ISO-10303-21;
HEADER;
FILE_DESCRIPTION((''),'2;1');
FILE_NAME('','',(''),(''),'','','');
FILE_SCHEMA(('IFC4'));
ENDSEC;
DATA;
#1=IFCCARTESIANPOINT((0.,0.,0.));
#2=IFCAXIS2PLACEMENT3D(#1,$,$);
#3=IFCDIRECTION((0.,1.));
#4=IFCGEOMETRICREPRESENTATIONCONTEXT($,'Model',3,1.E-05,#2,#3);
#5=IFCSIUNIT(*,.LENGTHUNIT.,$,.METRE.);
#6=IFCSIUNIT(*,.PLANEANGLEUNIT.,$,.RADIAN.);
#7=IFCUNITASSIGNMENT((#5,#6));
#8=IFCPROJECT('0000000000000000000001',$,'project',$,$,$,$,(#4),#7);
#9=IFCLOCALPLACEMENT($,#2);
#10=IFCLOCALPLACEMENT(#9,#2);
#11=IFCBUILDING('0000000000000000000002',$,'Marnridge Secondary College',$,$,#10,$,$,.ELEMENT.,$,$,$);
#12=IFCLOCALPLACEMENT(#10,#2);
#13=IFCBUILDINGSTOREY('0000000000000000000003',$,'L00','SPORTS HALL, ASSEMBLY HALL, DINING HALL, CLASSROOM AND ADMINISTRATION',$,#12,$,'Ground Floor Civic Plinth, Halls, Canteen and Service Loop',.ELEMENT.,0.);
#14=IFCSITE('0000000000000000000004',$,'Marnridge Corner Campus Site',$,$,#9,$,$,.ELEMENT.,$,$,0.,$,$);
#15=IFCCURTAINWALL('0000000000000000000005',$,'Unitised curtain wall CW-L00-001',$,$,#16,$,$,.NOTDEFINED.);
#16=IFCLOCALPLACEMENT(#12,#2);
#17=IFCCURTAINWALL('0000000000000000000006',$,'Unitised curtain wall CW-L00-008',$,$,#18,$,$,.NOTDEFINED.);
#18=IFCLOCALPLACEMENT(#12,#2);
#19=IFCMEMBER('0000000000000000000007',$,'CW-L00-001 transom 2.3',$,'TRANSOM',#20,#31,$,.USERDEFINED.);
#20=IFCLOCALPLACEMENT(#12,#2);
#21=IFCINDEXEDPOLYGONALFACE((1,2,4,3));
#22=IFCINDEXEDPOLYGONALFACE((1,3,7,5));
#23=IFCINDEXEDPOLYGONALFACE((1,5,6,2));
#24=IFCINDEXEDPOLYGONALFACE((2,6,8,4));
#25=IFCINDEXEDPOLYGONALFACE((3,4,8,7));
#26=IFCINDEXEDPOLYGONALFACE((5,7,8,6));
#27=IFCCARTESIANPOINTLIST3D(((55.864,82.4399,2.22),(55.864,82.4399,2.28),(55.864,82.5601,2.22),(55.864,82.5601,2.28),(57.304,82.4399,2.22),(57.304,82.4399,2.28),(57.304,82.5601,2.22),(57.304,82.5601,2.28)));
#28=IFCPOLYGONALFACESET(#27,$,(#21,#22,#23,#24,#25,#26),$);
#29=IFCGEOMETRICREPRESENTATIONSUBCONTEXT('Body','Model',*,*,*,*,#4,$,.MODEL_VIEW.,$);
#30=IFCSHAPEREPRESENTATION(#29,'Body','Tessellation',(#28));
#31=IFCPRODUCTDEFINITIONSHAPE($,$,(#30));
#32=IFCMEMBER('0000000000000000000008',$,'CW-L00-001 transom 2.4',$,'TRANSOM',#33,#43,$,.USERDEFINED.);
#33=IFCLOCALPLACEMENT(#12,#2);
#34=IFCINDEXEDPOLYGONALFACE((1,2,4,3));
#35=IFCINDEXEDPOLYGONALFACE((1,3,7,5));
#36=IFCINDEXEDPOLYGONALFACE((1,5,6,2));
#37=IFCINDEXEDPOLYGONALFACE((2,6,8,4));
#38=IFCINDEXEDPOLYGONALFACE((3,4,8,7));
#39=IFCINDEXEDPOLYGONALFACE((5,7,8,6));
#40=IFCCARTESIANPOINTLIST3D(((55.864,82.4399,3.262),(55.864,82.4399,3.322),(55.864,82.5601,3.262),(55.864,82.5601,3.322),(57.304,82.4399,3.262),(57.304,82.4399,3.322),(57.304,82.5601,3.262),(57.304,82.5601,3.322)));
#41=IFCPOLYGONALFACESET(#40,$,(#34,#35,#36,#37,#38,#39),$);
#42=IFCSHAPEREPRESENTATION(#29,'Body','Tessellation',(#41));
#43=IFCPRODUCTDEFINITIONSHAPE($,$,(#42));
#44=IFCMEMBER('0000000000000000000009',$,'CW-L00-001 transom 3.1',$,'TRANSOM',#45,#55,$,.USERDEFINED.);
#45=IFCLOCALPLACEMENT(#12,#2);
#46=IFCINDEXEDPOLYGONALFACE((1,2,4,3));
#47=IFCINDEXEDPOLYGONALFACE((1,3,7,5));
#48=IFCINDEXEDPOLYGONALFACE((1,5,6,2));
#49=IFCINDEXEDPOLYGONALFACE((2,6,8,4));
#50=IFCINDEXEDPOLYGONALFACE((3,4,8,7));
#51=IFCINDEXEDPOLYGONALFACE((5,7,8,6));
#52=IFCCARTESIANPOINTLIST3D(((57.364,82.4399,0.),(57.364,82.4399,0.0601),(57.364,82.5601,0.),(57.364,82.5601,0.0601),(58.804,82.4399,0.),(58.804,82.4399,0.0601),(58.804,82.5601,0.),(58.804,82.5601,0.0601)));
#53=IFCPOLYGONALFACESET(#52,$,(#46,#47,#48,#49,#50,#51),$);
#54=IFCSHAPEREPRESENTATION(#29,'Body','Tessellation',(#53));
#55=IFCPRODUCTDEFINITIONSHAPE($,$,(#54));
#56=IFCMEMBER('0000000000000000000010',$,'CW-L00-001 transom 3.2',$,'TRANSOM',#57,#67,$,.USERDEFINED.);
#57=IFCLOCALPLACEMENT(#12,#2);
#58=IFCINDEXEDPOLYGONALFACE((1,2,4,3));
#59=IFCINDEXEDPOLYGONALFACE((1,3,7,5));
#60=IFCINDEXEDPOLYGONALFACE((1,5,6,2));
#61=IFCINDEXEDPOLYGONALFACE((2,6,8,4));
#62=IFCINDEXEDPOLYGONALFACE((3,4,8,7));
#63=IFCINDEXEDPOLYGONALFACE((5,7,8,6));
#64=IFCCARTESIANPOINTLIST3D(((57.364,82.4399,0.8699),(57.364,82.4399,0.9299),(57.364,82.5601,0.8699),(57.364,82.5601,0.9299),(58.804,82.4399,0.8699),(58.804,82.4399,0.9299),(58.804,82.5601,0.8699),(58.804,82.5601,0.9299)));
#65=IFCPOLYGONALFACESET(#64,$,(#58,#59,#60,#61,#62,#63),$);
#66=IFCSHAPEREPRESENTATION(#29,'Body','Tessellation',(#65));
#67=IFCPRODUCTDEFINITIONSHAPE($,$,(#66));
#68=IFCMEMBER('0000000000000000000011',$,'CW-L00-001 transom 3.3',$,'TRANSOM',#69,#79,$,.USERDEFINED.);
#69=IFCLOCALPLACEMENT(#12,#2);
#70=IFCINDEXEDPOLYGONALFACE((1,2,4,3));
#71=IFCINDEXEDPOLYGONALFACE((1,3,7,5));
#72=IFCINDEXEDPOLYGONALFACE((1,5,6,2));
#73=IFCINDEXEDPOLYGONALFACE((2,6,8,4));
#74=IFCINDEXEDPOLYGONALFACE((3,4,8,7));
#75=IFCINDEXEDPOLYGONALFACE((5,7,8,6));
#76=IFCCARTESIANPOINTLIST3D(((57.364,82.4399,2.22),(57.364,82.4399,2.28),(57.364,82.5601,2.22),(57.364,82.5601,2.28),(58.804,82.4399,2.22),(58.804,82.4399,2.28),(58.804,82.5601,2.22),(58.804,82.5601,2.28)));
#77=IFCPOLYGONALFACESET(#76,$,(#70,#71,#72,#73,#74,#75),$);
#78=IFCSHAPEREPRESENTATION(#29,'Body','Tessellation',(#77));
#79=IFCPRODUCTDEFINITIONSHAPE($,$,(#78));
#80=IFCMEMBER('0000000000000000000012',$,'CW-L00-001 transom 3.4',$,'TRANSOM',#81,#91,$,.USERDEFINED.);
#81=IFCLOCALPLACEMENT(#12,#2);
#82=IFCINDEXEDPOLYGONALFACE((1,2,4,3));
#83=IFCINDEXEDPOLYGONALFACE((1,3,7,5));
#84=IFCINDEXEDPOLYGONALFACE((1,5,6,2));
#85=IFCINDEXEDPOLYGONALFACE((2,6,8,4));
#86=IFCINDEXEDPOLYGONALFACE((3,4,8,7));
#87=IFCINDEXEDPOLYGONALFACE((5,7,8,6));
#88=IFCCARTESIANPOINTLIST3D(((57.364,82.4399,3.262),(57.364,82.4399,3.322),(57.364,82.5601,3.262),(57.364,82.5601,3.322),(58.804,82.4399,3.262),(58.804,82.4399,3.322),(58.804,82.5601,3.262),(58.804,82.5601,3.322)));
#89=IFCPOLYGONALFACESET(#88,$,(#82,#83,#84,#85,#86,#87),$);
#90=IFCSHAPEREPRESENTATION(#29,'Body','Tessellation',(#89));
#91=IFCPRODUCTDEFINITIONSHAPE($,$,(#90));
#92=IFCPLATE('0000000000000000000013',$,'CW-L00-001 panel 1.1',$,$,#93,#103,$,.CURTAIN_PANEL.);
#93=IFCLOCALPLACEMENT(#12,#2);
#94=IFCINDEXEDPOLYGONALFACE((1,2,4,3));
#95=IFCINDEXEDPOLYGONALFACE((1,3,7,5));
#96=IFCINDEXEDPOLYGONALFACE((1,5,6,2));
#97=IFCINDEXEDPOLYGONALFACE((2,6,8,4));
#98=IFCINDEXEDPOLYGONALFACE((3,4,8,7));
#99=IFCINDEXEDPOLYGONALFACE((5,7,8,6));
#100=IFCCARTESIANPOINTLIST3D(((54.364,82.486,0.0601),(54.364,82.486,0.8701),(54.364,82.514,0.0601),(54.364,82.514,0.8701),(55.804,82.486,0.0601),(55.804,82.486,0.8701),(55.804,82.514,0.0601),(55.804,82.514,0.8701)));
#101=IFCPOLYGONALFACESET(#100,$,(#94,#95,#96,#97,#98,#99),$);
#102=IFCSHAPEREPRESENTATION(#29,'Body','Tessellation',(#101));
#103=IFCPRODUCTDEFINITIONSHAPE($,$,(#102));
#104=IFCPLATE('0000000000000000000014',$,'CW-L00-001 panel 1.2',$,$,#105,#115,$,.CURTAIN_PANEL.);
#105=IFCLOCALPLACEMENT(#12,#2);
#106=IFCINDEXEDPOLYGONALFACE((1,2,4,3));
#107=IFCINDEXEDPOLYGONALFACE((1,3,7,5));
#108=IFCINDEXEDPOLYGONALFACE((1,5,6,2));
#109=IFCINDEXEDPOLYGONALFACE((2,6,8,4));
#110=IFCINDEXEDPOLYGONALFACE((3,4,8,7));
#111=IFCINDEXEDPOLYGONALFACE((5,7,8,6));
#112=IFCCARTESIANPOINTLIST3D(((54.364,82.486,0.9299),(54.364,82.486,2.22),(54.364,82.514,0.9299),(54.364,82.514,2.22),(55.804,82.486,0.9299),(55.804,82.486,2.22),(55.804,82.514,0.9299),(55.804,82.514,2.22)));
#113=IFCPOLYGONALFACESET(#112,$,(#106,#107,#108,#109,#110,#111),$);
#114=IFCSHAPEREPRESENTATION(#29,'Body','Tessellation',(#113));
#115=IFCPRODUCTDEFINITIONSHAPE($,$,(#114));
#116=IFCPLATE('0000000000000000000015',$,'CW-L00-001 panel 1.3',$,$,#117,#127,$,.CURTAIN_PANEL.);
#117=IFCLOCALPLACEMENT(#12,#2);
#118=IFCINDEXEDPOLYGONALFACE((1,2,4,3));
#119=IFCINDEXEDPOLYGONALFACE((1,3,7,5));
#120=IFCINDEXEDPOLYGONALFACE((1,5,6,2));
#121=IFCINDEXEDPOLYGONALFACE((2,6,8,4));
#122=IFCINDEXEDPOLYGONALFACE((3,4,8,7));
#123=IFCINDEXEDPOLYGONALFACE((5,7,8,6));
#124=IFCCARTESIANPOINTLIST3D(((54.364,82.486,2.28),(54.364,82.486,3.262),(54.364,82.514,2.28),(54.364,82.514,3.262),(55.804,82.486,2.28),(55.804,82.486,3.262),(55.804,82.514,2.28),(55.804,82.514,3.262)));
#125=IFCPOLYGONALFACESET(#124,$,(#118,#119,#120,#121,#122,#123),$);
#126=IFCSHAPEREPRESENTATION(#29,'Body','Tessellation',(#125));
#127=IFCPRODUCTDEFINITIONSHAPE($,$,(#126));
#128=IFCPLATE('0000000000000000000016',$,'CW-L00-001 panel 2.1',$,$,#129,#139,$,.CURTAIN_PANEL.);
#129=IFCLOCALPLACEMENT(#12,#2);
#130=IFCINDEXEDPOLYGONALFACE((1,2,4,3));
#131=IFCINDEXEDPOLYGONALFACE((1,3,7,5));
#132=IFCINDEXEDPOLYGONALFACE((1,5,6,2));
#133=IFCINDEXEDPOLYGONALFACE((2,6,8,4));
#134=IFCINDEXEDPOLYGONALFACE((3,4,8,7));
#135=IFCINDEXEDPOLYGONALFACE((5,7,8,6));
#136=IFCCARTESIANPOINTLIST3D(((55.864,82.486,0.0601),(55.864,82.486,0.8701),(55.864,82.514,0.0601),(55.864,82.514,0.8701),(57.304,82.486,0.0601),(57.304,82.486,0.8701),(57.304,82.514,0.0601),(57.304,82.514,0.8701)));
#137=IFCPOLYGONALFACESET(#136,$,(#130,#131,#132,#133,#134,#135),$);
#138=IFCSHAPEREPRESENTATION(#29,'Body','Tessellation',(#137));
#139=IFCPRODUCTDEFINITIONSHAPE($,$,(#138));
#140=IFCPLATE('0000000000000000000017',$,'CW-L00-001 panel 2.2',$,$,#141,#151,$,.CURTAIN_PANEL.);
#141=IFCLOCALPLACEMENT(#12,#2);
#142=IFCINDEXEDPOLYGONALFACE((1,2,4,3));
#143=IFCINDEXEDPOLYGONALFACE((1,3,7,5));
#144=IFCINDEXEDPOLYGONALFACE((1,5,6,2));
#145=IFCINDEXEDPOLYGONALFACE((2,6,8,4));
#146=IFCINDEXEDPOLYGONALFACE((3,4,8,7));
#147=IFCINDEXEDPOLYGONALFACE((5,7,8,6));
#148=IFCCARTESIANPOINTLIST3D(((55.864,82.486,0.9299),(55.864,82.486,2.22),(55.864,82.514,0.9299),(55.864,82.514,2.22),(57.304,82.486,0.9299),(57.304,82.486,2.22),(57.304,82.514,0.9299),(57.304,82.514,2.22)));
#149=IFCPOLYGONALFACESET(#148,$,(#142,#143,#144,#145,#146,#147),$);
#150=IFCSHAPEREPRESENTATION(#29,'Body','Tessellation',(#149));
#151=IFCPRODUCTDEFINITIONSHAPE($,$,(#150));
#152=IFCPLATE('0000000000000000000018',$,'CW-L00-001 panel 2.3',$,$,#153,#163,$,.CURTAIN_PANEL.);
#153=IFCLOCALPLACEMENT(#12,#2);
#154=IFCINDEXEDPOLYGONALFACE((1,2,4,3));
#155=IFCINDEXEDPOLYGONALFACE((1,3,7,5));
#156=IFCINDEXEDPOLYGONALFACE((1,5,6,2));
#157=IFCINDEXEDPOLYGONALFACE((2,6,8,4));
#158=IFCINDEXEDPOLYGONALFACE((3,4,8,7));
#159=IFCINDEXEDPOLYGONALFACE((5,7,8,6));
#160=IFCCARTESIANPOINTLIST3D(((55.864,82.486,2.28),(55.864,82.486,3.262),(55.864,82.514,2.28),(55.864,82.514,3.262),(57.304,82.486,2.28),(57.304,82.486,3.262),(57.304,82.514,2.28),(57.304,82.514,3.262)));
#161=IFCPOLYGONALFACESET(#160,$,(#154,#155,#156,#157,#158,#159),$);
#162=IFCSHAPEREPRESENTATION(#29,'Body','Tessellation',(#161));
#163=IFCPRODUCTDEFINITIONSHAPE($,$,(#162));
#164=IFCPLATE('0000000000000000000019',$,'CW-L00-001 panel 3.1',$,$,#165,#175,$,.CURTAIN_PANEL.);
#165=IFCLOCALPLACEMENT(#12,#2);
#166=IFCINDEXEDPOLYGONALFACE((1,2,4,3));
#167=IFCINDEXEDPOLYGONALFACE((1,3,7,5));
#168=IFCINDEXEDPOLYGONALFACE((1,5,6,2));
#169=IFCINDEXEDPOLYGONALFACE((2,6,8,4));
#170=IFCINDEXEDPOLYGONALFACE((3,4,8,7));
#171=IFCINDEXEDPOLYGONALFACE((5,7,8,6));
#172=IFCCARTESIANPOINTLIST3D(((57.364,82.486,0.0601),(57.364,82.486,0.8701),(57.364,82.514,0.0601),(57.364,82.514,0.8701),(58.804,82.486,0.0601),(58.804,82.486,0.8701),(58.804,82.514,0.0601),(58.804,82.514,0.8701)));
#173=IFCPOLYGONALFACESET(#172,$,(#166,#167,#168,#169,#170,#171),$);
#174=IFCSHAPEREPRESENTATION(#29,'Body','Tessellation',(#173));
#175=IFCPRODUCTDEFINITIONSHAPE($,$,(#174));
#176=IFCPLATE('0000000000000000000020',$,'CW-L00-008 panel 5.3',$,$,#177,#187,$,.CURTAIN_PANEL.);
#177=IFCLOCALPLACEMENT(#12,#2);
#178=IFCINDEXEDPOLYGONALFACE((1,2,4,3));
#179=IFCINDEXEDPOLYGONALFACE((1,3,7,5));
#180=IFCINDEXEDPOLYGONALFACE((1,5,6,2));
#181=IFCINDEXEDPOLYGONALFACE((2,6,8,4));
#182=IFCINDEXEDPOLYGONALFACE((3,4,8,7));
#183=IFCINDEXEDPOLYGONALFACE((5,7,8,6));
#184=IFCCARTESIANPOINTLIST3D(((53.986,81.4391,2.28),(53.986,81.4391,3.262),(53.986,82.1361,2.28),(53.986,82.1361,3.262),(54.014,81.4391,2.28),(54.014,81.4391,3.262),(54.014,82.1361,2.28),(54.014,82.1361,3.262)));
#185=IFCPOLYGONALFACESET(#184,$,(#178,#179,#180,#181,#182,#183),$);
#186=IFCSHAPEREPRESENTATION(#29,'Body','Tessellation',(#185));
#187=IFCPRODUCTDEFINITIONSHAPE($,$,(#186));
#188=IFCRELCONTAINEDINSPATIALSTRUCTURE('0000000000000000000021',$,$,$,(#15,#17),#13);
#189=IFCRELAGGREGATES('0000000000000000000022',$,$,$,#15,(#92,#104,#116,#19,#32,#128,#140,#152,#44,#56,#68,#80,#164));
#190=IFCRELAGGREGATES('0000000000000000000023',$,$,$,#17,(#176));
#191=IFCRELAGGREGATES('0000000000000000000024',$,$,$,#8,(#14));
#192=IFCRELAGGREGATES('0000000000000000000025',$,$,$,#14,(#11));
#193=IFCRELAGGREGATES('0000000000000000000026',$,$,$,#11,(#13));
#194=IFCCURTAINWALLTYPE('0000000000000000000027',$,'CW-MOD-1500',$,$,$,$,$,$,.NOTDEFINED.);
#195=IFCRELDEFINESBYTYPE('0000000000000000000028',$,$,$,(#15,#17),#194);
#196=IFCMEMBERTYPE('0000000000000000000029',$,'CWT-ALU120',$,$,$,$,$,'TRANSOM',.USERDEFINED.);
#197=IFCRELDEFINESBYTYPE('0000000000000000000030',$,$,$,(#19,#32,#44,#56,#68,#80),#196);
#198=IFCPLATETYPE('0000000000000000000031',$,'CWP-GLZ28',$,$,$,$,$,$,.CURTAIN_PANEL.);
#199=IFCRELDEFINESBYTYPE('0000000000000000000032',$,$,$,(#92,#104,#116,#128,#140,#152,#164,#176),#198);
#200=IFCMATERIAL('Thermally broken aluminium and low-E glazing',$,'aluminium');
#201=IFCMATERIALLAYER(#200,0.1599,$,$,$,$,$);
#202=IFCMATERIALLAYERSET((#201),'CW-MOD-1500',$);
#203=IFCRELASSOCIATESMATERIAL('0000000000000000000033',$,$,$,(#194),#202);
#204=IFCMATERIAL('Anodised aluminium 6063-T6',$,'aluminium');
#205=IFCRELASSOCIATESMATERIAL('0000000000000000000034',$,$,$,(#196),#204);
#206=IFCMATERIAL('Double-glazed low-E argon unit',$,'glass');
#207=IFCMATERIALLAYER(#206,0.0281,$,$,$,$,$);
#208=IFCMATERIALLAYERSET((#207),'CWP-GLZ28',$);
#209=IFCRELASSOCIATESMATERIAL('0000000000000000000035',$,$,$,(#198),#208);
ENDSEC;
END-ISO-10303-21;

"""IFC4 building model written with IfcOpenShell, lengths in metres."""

from ifc_helpers import new_model, si_unit, direction, frame, origin, origin_2d, place, context, subcontext, project, spatial, rectangle, extrude, material, layer, layer_set, material_profile, profile_set, type_object, element, aggregate, save


model = new_model("IFC4")

# Units and contexts
model_context = context("Model", 3, precision=1e-05, world=origin(), true_north=direction((0.0, 1.0)))
body_context = subcontext(model_context, "Body", "Model", "MODEL_VIEW")
ifc_project = project(units=[si_unit("LENGTHUNIT", "METRE"), si_unit("PLANEANGLEUNIT", "RADIAN")], contexts=[model_context])

# Site, building, storey
site_placement = place(None, origin())
site = spatial("IfcSite", under=ifc_project, at=site_placement, Name="Marnridge Corner Campus Site", CompositionType="ELEMENT", RefElevation=0.0)
building_placement = place(site_placement, origin())
building = spatial("IfcBuilding", under=site, at=building_placement, Name="Marnridge Secondary College", CompositionType="ELEMENT")
storey_placement = place(building_placement, origin())
storey = spatial("IfcBuildingStorey", under=building, at=storey_placement, Name="L00", Description="SPORTS HALL, ASSEMBLY HALL, DINING HALL, CLASSROOM AND ADMINISTRATION", LongName="Ground Floor Civic Plinth, Halls, Canteen and Service Loop", CompositionType="ELEMENT", Elevation=0.0)

# Curtain wall
ifc_material_1 = material(Name="Thermally broken aluminium and low-E glazing", Category="aluminium")
ifc_layer_1 = layer(ifc_material_1, 0.1599)
ifc_layer_set_1 = layer_set([ifc_layer_1], Name="CW-MOD-1500")
curtain_wall_type = type_object("IfcCurtainWallType", Name="CW-MOD-1500", PredefinedType="NOTDEFINED", material=ifc_layer_set_1)
curtain_wall_1_placement = place(storey_placement, origin())
curtain_wall_1 = element("IfcCurtainWall", 1, at=curtain_wall_1_placement, inside=storey, type_object=curtain_wall_type, Name="Unitised curtain wall CW-L00-001", PredefinedType="NOTDEFINED")

# Curtain wall
curtain_wall_2_placement = place(storey_placement, origin())
curtain_wall_2 = element("IfcCurtainWall", 2, at=curtain_wall_2_placement, inside=storey, type_object=curtain_wall_type, Name="Unitised curtain wall CW-L00-008", PredefinedType="NOTDEFINED")

# Members
ifc_material_2 = material(Name="Anodised aluminium 6063-T6", Category="aluminium")
ifc_material_profile_1 = material_profile(ifc_material_2, rectangle(XDim=0.0601, YDim=0.1201, at=origin_2d()), Name="ALU 60x120")
ifc_profile_set_1 = profile_set([ifc_material_profile_1], Name="Anodised aluminium 6063-T6")
member_type_1 = type_object("IfcMemberType", Name="CWT-ALU120", ElementType="TRANSOM", PredefinedType="USERDEFINED", material=ifc_profile_set_1)
member_1_placement = place(storey_placement, frame((55.864, 82.5, 2.25), z_axis=(1.0, 0.0, 0.0), x_axis=(0.0, 0.0, 1.0)))
member_1 = element("IfcMember", 3, at=member_1_placement, type_object=member_type_1, Name="CW-L00-001 transom 2.3", ObjectType="TRANSOM", PredefinedType="USERDEFINED", context=body_context, shape_type="SweptSolid", body=[
    extrude(rectangle(XDim=0.0601, YDim=0.1201, at=origin_2d()), origin(), (0.0, 0.0, 1.0), 1.4399),
])
member_2_placement = place(storey_placement, frame((55.864, 82.5, 3.292), z_axis=(1.0, 0.0, 0.0), x_axis=(0.0, 0.0, 1.0)))
member_2 = element("IfcMember", 4, at=member_2_placement, type_object=member_type_1, Name="CW-L00-001 transom 2.4", ObjectType="TRANSOM", PredefinedType="USERDEFINED", context=body_context, shape_type="SweptSolid", body=[
    extrude(rectangle(XDim=0.0601, YDim=0.1201, at=origin_2d()), origin(), (0.0, 0.0, 1.0), 1.4399),
])
member_3_placement = place(storey_placement, frame((57.364, 82.5, 0.03), z_axis=(1.0, 0.0, 0.0), x_axis=(0.0, 0.0, 1.0)))
member_3 = element("IfcMember", 5, at=member_3_placement, type_object=member_type_1, Name="CW-L00-001 transom 3.1", ObjectType="TRANSOM", PredefinedType="USERDEFINED", context=body_context, shape_type="SweptSolid", body=[
    extrude(rectangle(XDim=0.0601, YDim=0.1201, at=origin_2d()), origin(), (0.0, 0.0, 1.0), 1.4399),
])
member_4_placement = place(storey_placement, frame((57.364, 82.5, 0.8999), z_axis=(1.0, 0.0, 0.0), x_axis=(0.0, 0.0, 1.0)))
member_4 = element("IfcMember", 6, at=member_4_placement, type_object=member_type_1, Name="CW-L00-001 transom 3.2", ObjectType="TRANSOM", PredefinedType="USERDEFINED", context=body_context, shape_type="SweptSolid", body=[
    extrude(rectangle(XDim=0.0601, YDim=0.1201, at=origin_2d()), origin(), (0.0, 0.0, 1.0), 1.4399),
])
member_5_placement = place(storey_placement, frame((57.364, 82.5, 2.25), z_axis=(1.0, 0.0, 0.0), x_axis=(0.0, 0.0, 1.0)))
member_5 = element("IfcMember", 7, at=member_5_placement, type_object=member_type_1, Name="CW-L00-001 transom 3.3", ObjectType="TRANSOM", PredefinedType="USERDEFINED", context=body_context, shape_type="SweptSolid", body=[
    extrude(rectangle(XDim=0.0601, YDim=0.1201, at=origin_2d()), origin(), (0.0, 0.0, 1.0), 1.4399),
])
member_6_placement = place(storey_placement, frame((57.364, 82.5, 3.292), z_axis=(1.0, 0.0, 0.0), x_axis=(0.0, 0.0, 1.0)))
member_6 = element("IfcMember", 8, at=member_6_placement, type_object=member_type_1, Name="CW-L00-001 transom 3.4", ObjectType="TRANSOM", PredefinedType="USERDEFINED", context=body_context, shape_type="SweptSolid", body=[
    extrude(rectangle(XDim=0.0601, YDim=0.1201, at=origin_2d()), origin(), (0.0, 0.0, 1.0), 1.4399),
])

# Plates
ifc_material_3 = material(Name="Double-glazed low-E argon unit", Category="glass")
ifc_layer_2 = layer(ifc_material_3, 0.0281)
ifc_layer_set_2 = layer_set([ifc_layer_2], Name="CWP-GLZ28")
plate_type = type_object("IfcPlateType", Name="CWP-GLZ28", PredefinedType="CURTAIN_PANEL", material=ifc_layer_set_2)
plate_1_placement = place(storey_placement, frame((55.084, 82.5, 0.0601), z_axis=(0.0, 0.0, 1.0), x_axis=(1.0, 0.0, 0.0)))
plate_1 = element("IfcPlate", 9, at=plate_1_placement, type_object=plate_type, Name="CW-L00-001 panel 1.1", PredefinedType="CURTAIN_PANEL", context=body_context, shape_type="SweptSolid", body=[
    extrude(rectangle(XDim=1.4399, YDim=0.0281, at=origin_2d()), origin(), (0.0, 0.0, 1.0), 0.8101),
])
plate_2_placement = place(storey_placement, frame((55.084, 82.5, 0.9299), z_axis=(0.0, 0.0, 1.0), x_axis=(1.0, 0.0, 0.0)))
plate_2 = element("IfcPlate", 10, at=plate_2_placement, type_object=plate_type, Name="CW-L00-001 panel 1.2", PredefinedType="CURTAIN_PANEL", context=body_context, shape_type="SweptSolid", body=[
    extrude(rectangle(XDim=1.4399, YDim=0.0281, at=origin_2d()), origin(), (0.0, 0.0, 1.0), 1.29),
])
plate_3_placement = place(storey_placement, frame((55.084, 82.5, 2.28), z_axis=(0.0, 0.0, 1.0), x_axis=(1.0, 0.0, 0.0)))
plate_3 = element("IfcPlate", 11, at=plate_3_placement, type_object=plate_type, Name="CW-L00-001 panel 1.3", PredefinedType="CURTAIN_PANEL", context=body_context, shape_type="SweptSolid", body=[
    extrude(rectangle(XDim=1.4399, YDim=0.0281, at=origin_2d()), origin(), (0.0, 0.0, 1.0), 0.9819),
])
plate_4_placement = place(storey_placement, frame((56.584, 82.5, 0.0601), z_axis=(0.0, 0.0, 1.0), x_axis=(1.0, 0.0, 0.0)))
plate_4 = element("IfcPlate", 12, at=plate_4_placement, type_object=plate_type, Name="CW-L00-001 panel 2.1", PredefinedType="CURTAIN_PANEL", context=body_context, shape_type="SweptSolid", body=[
    extrude(rectangle(XDim=1.4399, YDim=0.0281, at=origin_2d()), origin(), (0.0, 0.0, 1.0), 0.8101),
])
plate_5_placement = place(storey_placement, frame((56.584, 82.5, 0.9299), z_axis=(0.0, 0.0, 1.0), x_axis=(1.0, 0.0, 0.0)))
plate_5 = element("IfcPlate", 13, at=plate_5_placement, type_object=plate_type, Name="CW-L00-001 panel 2.2", PredefinedType="CURTAIN_PANEL", context=body_context, shape_type="SweptSolid", body=[
    extrude(rectangle(XDim=1.4399, YDim=0.0281, at=origin_2d()), origin(), (0.0, 0.0, 1.0), 1.29),
])
plate_6_placement = place(storey_placement, frame((56.584, 82.5, 2.28), z_axis=(0.0, 0.0, 1.0), x_axis=(1.0, 0.0, 0.0)))
plate_6 = element("IfcPlate", 14, at=plate_6_placement, type_object=plate_type, Name="CW-L00-001 panel 2.3", PredefinedType="CURTAIN_PANEL", context=body_context, shape_type="SweptSolid", body=[
    extrude(rectangle(XDim=1.4399, YDim=0.0281, at=origin_2d()), origin(), (0.0, 0.0, 1.0), 0.9819),
])
plate_7_placement = place(storey_placement, frame((58.084, 82.5, 0.0601), z_axis=(0.0, 0.0, 1.0), x_axis=(1.0, 0.0, 0.0)))
plate_7 = element("IfcPlate", 15, at=plate_7_placement, type_object=plate_type, Name="CW-L00-001 panel 3.1", PredefinedType="CURTAIN_PANEL", context=body_context, shape_type="SweptSolid", body=[
    extrude(rectangle(XDim=1.4399, YDim=0.0281, at=origin_2d()), origin(), (0.0, 0.0, 1.0), 0.8101),
])
aggregate(curtain_wall_1, [plate_1, plate_2, plate_3, member_1, member_2, plate_4, plate_5, plate_6, member_3, member_4, member_5, member_6, plate_7])
plate_8_placement = place(storey_placement, frame((54.0, 81.7876, 2.28), z_axis=(0.0, 0.0, 1.0), x_axis=(0.0, 1.0, 0.0)))
plate_8 = element("IfcPlate", 16, at=plate_8_placement, type_object=plate_type, Name="CW-L00-008 panel 5.3", PredefinedType="CURTAIN_PANEL", context=body_context, shape_type="SweptSolid", body=[
    extrude(rectangle(XDim=0.697, YDim=0.0281, at=origin_2d()), origin(), (0.0, 0.0, 1.0), 0.9819),
])
aggregate(curtain_wall_2, [plate_8])

save(model, "model.ifc")
